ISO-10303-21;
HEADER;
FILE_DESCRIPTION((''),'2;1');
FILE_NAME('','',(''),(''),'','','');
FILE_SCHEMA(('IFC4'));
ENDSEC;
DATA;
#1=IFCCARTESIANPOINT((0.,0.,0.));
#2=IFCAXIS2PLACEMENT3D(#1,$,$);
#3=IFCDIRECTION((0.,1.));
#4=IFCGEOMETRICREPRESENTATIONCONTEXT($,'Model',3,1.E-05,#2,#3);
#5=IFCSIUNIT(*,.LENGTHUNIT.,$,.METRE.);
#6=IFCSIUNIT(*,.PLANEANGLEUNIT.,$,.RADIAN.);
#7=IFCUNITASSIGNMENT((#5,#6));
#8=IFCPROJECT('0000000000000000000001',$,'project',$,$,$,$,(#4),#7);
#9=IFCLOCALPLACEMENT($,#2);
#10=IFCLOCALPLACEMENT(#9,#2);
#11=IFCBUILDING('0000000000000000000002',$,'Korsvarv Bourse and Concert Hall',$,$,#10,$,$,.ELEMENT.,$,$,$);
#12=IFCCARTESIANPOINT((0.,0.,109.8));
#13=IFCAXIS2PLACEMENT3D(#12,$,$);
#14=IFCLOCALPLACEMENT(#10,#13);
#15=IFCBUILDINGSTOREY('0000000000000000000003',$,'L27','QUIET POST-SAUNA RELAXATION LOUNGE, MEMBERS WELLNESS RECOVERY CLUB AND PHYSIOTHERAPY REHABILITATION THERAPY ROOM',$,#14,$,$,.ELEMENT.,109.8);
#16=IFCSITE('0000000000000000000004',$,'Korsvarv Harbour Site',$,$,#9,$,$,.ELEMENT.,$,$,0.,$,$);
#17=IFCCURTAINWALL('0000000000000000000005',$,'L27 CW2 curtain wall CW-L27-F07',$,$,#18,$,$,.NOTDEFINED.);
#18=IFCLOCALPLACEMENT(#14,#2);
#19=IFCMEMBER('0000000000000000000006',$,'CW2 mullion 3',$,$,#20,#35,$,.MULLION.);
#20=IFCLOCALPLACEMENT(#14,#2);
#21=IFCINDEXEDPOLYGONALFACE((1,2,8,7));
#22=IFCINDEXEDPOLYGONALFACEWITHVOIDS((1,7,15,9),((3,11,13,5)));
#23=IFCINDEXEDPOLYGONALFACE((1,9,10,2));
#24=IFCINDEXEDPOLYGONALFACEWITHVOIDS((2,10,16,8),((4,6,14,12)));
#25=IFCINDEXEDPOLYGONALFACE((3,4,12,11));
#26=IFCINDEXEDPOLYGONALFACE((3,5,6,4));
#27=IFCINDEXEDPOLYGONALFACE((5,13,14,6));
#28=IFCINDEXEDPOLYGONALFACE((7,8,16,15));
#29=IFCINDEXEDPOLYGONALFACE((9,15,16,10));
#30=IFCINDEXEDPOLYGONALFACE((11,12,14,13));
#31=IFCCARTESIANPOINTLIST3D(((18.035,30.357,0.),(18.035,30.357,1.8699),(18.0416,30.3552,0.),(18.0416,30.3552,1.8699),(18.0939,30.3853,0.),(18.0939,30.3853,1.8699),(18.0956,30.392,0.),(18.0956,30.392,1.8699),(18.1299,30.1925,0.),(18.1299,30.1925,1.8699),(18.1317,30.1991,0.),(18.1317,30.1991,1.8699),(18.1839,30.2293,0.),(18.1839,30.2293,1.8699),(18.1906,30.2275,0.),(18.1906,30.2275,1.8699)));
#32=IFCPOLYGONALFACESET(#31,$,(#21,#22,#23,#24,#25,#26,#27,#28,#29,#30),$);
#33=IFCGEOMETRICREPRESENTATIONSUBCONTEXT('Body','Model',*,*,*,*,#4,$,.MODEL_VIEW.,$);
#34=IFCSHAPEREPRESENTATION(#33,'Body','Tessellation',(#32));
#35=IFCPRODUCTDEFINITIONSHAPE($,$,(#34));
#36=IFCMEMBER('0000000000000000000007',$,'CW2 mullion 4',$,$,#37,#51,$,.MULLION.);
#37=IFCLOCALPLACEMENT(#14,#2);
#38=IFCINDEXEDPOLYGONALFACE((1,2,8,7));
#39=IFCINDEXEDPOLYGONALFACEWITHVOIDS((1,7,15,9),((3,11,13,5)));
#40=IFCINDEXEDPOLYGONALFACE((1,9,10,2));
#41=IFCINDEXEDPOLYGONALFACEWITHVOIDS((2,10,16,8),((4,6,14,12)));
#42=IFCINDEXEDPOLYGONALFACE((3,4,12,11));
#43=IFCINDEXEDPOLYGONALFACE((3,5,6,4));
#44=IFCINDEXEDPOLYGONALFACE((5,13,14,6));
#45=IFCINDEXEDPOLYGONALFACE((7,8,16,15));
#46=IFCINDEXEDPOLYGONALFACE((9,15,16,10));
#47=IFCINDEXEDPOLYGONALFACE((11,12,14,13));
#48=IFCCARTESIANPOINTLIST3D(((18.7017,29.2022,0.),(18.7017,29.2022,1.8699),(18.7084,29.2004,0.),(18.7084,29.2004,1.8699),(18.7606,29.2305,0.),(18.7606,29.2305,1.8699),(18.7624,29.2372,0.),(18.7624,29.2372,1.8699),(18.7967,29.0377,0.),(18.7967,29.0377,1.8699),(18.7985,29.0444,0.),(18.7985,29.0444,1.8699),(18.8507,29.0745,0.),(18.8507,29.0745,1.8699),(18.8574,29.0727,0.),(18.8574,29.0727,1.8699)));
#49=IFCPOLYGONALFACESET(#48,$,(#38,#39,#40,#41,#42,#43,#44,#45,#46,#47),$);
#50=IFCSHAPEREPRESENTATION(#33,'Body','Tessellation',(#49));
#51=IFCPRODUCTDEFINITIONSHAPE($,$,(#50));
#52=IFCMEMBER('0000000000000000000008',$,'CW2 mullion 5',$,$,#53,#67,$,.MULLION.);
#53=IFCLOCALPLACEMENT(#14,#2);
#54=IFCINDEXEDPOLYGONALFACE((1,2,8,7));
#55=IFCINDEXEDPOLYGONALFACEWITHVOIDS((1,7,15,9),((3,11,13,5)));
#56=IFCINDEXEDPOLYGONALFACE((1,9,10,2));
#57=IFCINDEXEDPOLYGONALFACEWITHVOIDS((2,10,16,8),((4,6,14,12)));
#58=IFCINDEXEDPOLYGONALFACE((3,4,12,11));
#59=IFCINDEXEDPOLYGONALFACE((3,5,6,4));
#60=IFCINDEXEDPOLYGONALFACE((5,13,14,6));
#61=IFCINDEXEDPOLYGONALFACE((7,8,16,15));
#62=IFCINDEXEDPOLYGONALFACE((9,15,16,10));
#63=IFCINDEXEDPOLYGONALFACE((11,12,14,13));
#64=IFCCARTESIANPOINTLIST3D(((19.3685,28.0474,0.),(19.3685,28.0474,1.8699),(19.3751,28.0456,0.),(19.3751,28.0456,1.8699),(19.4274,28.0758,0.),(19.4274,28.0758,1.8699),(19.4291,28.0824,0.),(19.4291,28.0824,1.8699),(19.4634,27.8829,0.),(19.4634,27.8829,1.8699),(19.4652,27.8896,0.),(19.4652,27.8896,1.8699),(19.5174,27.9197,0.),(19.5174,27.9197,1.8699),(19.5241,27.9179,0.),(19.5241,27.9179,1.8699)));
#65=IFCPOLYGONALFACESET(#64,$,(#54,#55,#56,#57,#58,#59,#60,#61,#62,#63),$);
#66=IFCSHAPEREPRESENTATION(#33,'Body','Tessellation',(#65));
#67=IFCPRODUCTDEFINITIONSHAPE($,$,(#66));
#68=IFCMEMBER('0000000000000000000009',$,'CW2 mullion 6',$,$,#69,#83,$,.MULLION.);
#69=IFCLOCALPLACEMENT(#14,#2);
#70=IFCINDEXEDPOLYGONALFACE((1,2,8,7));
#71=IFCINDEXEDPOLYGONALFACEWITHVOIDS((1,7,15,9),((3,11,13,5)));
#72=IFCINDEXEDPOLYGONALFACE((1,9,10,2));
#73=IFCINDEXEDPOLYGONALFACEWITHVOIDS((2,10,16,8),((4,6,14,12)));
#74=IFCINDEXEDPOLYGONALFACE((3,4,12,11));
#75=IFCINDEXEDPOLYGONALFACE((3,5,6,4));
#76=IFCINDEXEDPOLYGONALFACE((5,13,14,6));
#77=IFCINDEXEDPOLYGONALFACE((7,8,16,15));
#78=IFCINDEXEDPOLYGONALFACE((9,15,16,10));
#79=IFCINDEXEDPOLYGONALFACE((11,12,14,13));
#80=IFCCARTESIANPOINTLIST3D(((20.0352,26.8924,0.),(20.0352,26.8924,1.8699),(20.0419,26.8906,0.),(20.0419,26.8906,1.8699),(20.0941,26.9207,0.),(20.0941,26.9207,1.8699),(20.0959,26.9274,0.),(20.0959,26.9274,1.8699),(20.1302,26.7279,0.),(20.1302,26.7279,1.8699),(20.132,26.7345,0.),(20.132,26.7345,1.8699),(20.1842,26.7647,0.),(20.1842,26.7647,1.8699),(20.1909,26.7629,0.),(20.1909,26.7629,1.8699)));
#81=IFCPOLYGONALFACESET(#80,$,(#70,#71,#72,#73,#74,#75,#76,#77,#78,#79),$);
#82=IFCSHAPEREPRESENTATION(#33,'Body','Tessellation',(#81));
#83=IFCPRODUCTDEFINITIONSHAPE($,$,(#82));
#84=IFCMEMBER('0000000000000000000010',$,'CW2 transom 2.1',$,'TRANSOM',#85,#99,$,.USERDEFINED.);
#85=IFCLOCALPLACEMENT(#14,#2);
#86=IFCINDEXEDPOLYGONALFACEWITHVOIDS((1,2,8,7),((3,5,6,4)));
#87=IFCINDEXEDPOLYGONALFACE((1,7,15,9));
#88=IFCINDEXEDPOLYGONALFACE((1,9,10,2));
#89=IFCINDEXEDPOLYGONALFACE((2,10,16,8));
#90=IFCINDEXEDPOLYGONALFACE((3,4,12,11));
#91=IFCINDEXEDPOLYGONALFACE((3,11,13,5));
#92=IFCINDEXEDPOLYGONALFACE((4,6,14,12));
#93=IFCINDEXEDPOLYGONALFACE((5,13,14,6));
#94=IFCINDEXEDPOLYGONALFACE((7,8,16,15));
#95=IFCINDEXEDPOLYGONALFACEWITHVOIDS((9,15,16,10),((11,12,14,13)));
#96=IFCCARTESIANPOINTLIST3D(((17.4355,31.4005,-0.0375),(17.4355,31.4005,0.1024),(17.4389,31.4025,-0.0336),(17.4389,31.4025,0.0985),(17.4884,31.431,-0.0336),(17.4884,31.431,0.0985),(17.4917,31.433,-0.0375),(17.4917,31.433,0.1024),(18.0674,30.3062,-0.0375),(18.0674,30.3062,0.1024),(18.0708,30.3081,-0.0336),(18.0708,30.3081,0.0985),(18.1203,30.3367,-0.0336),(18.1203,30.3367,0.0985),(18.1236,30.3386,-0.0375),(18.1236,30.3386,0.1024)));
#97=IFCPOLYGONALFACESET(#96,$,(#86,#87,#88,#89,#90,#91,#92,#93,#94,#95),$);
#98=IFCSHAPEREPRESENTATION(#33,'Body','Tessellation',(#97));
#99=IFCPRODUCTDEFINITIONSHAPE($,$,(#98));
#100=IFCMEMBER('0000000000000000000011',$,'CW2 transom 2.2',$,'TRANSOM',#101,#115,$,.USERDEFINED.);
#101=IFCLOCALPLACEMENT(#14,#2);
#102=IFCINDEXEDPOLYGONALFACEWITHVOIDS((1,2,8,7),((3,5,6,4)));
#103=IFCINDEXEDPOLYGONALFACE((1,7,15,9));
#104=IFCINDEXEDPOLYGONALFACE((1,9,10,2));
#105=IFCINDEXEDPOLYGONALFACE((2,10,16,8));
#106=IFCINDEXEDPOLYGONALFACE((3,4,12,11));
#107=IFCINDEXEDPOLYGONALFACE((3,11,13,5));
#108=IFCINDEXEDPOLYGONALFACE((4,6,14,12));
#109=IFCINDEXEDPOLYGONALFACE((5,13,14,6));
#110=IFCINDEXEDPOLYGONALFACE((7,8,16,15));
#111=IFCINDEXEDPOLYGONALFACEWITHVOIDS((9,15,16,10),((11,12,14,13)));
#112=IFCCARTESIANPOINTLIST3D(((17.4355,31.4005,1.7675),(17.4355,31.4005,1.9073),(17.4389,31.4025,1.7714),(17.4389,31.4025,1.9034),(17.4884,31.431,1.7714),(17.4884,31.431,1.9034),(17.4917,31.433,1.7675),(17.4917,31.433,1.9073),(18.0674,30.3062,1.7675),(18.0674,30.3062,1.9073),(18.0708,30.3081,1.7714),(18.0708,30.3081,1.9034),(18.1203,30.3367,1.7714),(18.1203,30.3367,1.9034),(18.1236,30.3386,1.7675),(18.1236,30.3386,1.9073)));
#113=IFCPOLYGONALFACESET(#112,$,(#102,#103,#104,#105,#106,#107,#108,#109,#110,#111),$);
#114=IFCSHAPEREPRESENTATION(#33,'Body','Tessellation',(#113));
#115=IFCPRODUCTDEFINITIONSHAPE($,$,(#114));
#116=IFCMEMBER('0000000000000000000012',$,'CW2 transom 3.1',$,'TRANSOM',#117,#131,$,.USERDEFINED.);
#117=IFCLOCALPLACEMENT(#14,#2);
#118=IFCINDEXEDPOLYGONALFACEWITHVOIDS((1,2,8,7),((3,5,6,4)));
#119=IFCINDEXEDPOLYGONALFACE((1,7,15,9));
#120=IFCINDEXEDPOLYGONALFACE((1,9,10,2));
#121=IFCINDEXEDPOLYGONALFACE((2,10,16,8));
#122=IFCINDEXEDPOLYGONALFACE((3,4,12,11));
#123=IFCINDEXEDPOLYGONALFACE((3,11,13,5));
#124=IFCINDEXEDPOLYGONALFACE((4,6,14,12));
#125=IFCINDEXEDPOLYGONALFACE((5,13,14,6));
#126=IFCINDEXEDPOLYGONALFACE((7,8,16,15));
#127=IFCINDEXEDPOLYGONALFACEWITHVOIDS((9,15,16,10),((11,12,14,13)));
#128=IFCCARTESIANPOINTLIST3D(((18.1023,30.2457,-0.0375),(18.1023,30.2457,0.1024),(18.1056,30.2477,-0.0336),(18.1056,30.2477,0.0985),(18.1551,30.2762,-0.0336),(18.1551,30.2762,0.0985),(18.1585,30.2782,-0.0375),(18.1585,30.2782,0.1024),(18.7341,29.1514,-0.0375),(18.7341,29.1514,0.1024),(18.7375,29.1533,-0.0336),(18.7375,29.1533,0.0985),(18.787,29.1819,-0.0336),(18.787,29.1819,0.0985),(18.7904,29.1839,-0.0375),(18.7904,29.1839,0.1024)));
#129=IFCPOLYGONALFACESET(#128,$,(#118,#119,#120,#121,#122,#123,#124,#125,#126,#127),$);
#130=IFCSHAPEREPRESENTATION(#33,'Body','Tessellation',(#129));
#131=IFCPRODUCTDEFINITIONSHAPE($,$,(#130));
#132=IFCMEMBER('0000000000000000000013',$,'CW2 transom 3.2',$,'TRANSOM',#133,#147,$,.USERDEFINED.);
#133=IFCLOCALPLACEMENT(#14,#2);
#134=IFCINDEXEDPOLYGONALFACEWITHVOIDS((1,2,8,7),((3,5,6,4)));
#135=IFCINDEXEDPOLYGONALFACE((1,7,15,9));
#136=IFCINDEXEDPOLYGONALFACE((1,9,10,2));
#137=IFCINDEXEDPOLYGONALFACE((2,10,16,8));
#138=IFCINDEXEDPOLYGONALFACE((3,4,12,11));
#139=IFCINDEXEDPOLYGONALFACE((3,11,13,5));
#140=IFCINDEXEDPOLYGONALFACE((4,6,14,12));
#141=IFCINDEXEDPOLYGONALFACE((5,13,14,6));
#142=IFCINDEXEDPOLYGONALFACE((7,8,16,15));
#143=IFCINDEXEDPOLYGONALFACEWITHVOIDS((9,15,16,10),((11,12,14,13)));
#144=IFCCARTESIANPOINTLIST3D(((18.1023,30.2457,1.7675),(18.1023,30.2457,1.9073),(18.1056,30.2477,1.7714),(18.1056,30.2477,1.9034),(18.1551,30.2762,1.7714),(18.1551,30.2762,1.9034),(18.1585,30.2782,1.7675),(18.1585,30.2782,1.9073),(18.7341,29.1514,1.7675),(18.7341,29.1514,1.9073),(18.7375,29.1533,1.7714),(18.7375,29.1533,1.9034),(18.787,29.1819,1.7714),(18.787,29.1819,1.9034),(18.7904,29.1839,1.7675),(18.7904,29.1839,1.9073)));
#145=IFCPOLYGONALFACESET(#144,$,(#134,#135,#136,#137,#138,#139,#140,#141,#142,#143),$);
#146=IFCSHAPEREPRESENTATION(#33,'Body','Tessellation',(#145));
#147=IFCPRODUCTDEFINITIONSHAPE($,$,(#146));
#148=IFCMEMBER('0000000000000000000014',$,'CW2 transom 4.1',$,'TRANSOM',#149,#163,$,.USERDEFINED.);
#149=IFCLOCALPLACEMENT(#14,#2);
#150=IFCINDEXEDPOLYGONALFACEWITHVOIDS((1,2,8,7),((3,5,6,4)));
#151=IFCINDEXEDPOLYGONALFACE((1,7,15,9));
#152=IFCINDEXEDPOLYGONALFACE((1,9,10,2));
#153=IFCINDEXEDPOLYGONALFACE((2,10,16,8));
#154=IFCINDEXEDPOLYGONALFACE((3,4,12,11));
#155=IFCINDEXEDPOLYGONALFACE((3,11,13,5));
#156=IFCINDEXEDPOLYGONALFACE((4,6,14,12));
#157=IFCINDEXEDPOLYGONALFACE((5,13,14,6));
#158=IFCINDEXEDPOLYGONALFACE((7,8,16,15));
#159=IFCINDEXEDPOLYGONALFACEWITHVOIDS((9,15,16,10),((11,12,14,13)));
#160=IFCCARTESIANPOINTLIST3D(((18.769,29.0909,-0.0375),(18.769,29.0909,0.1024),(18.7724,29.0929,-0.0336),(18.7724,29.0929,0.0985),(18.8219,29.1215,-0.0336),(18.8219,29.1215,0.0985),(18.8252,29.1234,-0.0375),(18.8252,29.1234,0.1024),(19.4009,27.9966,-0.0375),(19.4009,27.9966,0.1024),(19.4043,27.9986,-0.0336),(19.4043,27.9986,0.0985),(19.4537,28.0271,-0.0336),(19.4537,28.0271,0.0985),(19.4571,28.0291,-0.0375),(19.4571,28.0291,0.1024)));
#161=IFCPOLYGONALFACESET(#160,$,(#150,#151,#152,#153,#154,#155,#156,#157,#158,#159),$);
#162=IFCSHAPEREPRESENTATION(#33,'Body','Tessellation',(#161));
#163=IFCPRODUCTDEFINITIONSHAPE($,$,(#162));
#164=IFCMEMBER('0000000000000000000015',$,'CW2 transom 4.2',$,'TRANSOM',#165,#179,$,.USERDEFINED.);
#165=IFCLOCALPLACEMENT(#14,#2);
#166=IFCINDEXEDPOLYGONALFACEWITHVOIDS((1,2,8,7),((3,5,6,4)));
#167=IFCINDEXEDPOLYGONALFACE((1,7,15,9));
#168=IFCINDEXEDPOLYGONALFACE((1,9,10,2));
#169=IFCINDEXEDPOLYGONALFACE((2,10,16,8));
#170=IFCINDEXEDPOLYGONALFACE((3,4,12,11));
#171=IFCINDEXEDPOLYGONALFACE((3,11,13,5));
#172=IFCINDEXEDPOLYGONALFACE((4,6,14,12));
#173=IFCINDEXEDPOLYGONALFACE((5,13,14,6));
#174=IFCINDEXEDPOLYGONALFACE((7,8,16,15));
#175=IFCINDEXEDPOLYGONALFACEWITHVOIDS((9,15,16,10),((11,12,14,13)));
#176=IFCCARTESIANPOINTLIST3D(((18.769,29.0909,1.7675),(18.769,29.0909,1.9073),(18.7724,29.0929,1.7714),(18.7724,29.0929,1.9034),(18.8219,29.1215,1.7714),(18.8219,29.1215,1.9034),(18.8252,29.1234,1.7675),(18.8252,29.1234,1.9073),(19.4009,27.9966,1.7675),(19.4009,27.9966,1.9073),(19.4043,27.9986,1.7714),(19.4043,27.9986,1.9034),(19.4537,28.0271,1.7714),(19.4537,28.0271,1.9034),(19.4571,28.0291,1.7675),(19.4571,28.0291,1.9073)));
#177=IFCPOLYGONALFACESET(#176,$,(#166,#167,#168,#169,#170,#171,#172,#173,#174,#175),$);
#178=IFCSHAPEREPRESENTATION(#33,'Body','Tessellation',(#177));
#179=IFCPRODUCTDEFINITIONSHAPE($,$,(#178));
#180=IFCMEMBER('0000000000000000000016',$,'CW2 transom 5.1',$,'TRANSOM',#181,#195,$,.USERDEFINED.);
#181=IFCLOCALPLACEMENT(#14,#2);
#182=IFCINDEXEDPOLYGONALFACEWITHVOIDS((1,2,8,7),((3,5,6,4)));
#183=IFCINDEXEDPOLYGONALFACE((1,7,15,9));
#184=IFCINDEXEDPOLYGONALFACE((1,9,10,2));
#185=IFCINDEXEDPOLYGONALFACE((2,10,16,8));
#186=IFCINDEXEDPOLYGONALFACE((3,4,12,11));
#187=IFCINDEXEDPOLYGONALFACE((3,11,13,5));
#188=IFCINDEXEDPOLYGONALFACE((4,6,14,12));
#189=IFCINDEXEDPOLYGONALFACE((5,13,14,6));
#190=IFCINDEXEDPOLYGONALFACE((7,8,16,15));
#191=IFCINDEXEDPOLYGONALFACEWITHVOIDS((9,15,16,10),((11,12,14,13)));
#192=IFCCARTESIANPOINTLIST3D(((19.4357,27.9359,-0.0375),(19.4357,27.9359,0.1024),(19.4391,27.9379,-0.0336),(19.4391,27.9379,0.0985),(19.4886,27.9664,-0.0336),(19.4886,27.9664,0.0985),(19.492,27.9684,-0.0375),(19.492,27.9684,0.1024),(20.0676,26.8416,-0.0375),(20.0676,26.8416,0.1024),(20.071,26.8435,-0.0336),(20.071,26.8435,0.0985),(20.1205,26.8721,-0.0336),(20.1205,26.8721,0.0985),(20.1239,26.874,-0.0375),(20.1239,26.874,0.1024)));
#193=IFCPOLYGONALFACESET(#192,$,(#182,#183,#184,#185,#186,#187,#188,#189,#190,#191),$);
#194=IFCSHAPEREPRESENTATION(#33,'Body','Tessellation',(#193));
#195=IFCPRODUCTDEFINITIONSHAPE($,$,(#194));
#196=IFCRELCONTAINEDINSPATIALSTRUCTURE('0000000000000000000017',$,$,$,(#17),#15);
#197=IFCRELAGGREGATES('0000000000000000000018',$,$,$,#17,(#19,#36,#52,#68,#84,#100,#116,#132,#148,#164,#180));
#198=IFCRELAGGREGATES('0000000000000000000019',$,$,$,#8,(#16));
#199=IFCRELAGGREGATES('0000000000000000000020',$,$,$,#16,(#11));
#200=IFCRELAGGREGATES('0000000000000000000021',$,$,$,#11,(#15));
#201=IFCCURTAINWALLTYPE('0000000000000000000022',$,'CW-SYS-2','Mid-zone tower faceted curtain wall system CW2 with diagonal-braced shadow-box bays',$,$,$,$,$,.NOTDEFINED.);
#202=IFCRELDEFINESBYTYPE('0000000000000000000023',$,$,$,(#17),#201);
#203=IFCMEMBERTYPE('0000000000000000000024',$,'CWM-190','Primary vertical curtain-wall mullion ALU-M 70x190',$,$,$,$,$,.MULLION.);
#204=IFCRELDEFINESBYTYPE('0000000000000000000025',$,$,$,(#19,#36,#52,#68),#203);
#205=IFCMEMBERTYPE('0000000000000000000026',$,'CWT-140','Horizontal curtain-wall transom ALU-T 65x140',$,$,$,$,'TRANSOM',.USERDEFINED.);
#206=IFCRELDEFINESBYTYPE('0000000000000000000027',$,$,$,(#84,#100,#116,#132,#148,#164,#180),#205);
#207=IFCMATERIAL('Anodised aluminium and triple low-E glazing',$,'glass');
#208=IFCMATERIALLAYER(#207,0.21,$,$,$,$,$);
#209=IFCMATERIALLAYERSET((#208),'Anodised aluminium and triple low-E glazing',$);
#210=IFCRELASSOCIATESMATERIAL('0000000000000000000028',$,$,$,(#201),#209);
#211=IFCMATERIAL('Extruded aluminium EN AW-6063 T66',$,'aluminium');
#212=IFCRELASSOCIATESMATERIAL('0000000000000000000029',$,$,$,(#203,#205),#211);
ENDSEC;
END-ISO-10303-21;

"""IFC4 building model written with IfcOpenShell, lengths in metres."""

from ifc_helpers import new_model, si_unit, direction, frame, origin, origin_2d, place, context, subcontext, project, spatial, hollow_rectangle, extrude, source, transform, mapped, material, layer, layer_set, material_profile, profile_set, type_object, element, aggregate, save


model = new_model("IFC4")

# Units and contexts
model_context = context("Model", 3, precision=1e-05, world=origin(), true_north=direction((0.0, 1.0)))
body_context = subcontext(model_context, "Body", "Model", "MODEL_VIEW")
ifc_project = project(units=[si_unit("LENGTHUNIT", "METRE"), si_unit("PLANEANGLEUNIT", "RADIAN")], contexts=[model_context])

# Site, building, storey
site_placement = place(None, origin())
site = spatial("IfcSite", under=ifc_project, at=site_placement, Name="Korsvarv Harbour Site", CompositionType="ELEMENT", RefElevation=0.0)
building_placement = place(site_placement, origin())
building = spatial("IfcBuilding", under=site, at=building_placement, Name="Korsvarv Bourse and Concert Hall", CompositionType="ELEMENT")
storey_placement = place(building_placement, frame((0.0, 0.0, 109.8)))
storey = spatial("IfcBuildingStorey", under=building, at=storey_placement, Name="L27", Description="QUIET POST-SAUNA RELAXATION LOUNGE, MEMBERS WELLNESS RECOVERY CLUB AND PHYSIOTHERAPY REHABILITATION THERAPY ROOM", CompositionType="ELEMENT", Elevation=109.8)

# Curtain wall, members
ifc_material_1 = material(Name="Anodised aluminium and triple low-E glazing", Category="glass")
ifc_layer_1 = layer(ifc_material_1, 0.21)
ifc_layer_set_1 = layer_set([ifc_layer_1], Name="Anodised aluminium and triple low-E glazing")
curtain_wall_type = type_object("IfcCurtainWallType", Name="CW-SYS-2", Description="Mid-zone tower faceted curtain wall system CW2 with diagonal-braced shadow-box bays", PredefinedType="NOTDEFINED", material=ifc_layer_set_1)
curtain_wall_placement = place(storey_placement, origin())
curtain_wall = element("IfcCurtainWall", 1, at=curtain_wall_placement, inside=storey, type_object=curtain_wall_type, Name="L27 CW2 curtain wall CW-L27-F07", PredefinedType="NOTDEFINED")
ifc_material_2 = material(Name="Extruded aluminium EN AW-6063 T66", Category="aluminium")
ifc_material_profile_1 = material_profile(ifc_material_2, hollow_rectangle(XDim=0.0701, YDim=0.1899, WallThickness=0.0049, at=origin_2d()), Name="ALU-M 70x190")
ifc_profile_set_1 = profile_set([ifc_material_profile_1], Name="Extruded aluminium EN AW-6063 T66")
member_type_1 = type_object("IfcMemberType", Name="CWM-190", Description="Primary vertical curtain-wall mullion ALU-M 70x190", PredefinedType="MULLION", material=ifc_profile_set_1)
shared_shape_1 = source(origin(), body_context, "Body", "SweptSolid", [
    extrude(hollow_rectangle(XDim=0.0701, YDim=0.1899, WallThickness=0.0049, at=origin_2d()), origin(), (0.0, 0.0, 1.0), 1.8699),
])
member_1_placement = place(storey_placement, frame((18.1128, 30.2922, 0.0), z_axis=(0.0, 0.0, 1.0), x_axis=(0.866022, 0.500006, 0.0)))
member_1 = element("IfcMember", 2, at=member_1_placement, type_object=member_type_1, Name="CW2 mullion 3", PredefinedType="MULLION", context=body_context, shape_type="MappedRepresentation", body=[
    mapped(shared_shape_1, transform((0.0, 0.0, 0.0), scale=1.0)),
])
member_2_placement = place(storey_placement, frame((18.7795, 29.1375, 0.0), z_axis=(0.0, 0.0, 1.0), x_axis=(0.866022, 0.500006, 0.0)))
member_2 = element("IfcMember", 3, at=member_2_placement, type_object=member_type_1, Name="CW2 mullion 4", PredefinedType="MULLION", context=body_context, shape_type="MappedRepresentation", body=[
    mapped(shared_shape_1, transform((0.0, 0.0, 0.0), scale=1.0)),
])
member_3_placement = place(storey_placement, frame((19.4463, 27.9827, 0.0), z_axis=(0.0, 0.0, 1.0), x_axis=(0.866022, 0.500006, 0.0)))
member_3 = element("IfcMember", 4, at=member_3_placement, type_object=member_type_1, Name="CW2 mullion 5", PredefinedType="MULLION", context=body_context, shape_type="MappedRepresentation", body=[
    mapped(shared_shape_1, transform((0.0, 0.0, 0.0), scale=1.0)),
])
member_4_placement = place(storey_placement, frame((20.113, 26.8276, 0.0), z_axis=(0.0, 0.0, 1.0), x_axis=(0.866022, 0.500006, 0.0)))
member_4 = element("IfcMember", 5, at=member_4_placement, type_object=member_type_1, Name="CW2 mullion 6", PredefinedType="MULLION", context=body_context, shape_type="MappedRepresentation", body=[
    mapped(shared_shape_1, transform((0.0, 0.0, 0.0), scale=1.0)),
])
ifc_material_profile_2 = material_profile(ifc_material_2, hollow_rectangle(XDim=0.0649, YDim=0.1399, WallThickness=0.0039, at=origin_2d()), Name="ALU-T 65x140")
ifc_profile_set_2 = profile_set([ifc_material_profile_2], Name="Extruded aluminium EN AW-6063 T66")
member_type_2 = type_object("IfcMemberType", Name="CWT-140", Description="Horizontal curtain-wall transom ALU-T 65x140", ElementType="TRANSOM", PredefinedType="USERDEFINED", material=ifc_profile_set_2)
shared_shape_2 = source(origin(), body_context, "Body", "SweptSolid", [
    extrude(hollow_rectangle(XDim=0.0649, YDim=0.1399, WallThickness=0.0039, at=origin_2d()), origin(), (0.0, 0.0, 1.0), 1.2637),
])
member_5_placement = place(storey_placement, frame((17.4636, 31.4167, 0.0325), z_axis=(0.500046, -0.865999, 0.0), x_axis=(0.865999, 0.500046, 0.0)))
member_5 = element("IfcMember", 6, at=member_5_placement, type_object=member_type_2, Name="CW2 transom 2.1", ObjectType="TRANSOM", PredefinedType="USERDEFINED", context=body_context, shape_type="MappedRepresentation", body=[
    mapped(shared_shape_2, transform((0.0, 0.0, 0.0), scale=1.0)),
])
member_6_placement = place(storey_placement, frame((17.4636, 31.4167, 1.8374), z_axis=(0.500046, -0.865999, 0.0), x_axis=(0.865999, 0.500046, 0.0)))
member_6 = element("IfcMember", 7, at=member_6_placement, type_object=member_type_2, Name="CW2 transom 2.2", ObjectType="TRANSOM", PredefinedType="USERDEFINED", context=body_context, shape_type="MappedRepresentation", body=[
    mapped(shared_shape_2, transform((0.0, 0.0, 0.0), scale=1.0)),
])
member_7_placement = place(storey_placement, frame((18.1304, 30.262, 0.0325), z_axis=(0.500046, -0.865999, 0.0), x_axis=(0.865999, 0.500046, 0.0)))
member_7 = element("IfcMember", 8, at=member_7_placement, type_object=member_type_2, Name="CW2 transom 3.1", ObjectType="TRANSOM", PredefinedType="USERDEFINED", context=body_context, shape_type="MappedRepresentation", body=[
    mapped(shared_shape_2, transform((0.0, 0.0, 0.0), scale=1.0)),
])
member_8_placement = place(storey_placement, frame((18.1304, 30.262, 1.8374), z_axis=(0.500046, -0.865999, 0.0), x_axis=(0.865999, 0.500046, 0.0)))
member_8 = element("IfcMember", 9, at=member_8_placement, type_object=member_type_2, Name="CW2 transom 3.2", ObjectType="TRANSOM", PredefinedType="USERDEFINED", context=body_context, shape_type="MappedRepresentation", body=[
    mapped(shared_shape_2, transform((0.0, 0.0, 0.0), scale=1.0)),
])
member_9_placement = place(storey_placement, frame((18.7971, 29.1072, 0.0325), z_axis=(0.500046, -0.865999, 0.0), x_axis=(0.865999, 0.500046, 0.0)))
member_9 = element("IfcMember", 10, at=member_9_placement, type_object=member_type_2, Name="CW2 transom 4.1", ObjectType="TRANSOM", PredefinedType="USERDEFINED", context=body_context, shape_type="MappedRepresentation", body=[
    mapped(shared_shape_2, transform((0.0, 0.0, 0.0), scale=1.0)),
])
member_10_placement = place(storey_placement, frame((18.7971, 29.1072, 1.8374), z_axis=(0.500046, -0.865999, 0.0), x_axis=(0.865999, 0.500046, 0.0)))
member_10 = element("IfcMember", 11, at=member_10_placement, type_object=member_type_2, Name="CW2 transom 4.2", ObjectType="TRANSOM", PredefinedType="USERDEFINED", context=body_context, shape_type="MappedRepresentation", body=[
    mapped(shared_shape_2, transform((0.0, 0.0, 0.0), scale=1.0)),
])
member_11_placement = place(storey_placement, frame((19.4639, 27.9521, 0.0325), z_axis=(0.500046, -0.865999, 0.0), x_axis=(0.865999, 0.500046, 0.0)))
member_11 = element("IfcMember", 12, at=member_11_placement, type_object=member_type_2, Name="CW2 transom 5.1", ObjectType="TRANSOM", PredefinedType="USERDEFINED", context=body_context, shape_type="MappedRepresentation", body=[
    mapped(shared_shape_2, transform((0.0, 0.0, 0.0), scale=1.0)),
])

aggregate(curtain_wall, [member_1, member_2, member_3, member_4, member_5, member_6, member_7, member_8, member_9, member_10, member_11])

save(model, "model.ifc")
